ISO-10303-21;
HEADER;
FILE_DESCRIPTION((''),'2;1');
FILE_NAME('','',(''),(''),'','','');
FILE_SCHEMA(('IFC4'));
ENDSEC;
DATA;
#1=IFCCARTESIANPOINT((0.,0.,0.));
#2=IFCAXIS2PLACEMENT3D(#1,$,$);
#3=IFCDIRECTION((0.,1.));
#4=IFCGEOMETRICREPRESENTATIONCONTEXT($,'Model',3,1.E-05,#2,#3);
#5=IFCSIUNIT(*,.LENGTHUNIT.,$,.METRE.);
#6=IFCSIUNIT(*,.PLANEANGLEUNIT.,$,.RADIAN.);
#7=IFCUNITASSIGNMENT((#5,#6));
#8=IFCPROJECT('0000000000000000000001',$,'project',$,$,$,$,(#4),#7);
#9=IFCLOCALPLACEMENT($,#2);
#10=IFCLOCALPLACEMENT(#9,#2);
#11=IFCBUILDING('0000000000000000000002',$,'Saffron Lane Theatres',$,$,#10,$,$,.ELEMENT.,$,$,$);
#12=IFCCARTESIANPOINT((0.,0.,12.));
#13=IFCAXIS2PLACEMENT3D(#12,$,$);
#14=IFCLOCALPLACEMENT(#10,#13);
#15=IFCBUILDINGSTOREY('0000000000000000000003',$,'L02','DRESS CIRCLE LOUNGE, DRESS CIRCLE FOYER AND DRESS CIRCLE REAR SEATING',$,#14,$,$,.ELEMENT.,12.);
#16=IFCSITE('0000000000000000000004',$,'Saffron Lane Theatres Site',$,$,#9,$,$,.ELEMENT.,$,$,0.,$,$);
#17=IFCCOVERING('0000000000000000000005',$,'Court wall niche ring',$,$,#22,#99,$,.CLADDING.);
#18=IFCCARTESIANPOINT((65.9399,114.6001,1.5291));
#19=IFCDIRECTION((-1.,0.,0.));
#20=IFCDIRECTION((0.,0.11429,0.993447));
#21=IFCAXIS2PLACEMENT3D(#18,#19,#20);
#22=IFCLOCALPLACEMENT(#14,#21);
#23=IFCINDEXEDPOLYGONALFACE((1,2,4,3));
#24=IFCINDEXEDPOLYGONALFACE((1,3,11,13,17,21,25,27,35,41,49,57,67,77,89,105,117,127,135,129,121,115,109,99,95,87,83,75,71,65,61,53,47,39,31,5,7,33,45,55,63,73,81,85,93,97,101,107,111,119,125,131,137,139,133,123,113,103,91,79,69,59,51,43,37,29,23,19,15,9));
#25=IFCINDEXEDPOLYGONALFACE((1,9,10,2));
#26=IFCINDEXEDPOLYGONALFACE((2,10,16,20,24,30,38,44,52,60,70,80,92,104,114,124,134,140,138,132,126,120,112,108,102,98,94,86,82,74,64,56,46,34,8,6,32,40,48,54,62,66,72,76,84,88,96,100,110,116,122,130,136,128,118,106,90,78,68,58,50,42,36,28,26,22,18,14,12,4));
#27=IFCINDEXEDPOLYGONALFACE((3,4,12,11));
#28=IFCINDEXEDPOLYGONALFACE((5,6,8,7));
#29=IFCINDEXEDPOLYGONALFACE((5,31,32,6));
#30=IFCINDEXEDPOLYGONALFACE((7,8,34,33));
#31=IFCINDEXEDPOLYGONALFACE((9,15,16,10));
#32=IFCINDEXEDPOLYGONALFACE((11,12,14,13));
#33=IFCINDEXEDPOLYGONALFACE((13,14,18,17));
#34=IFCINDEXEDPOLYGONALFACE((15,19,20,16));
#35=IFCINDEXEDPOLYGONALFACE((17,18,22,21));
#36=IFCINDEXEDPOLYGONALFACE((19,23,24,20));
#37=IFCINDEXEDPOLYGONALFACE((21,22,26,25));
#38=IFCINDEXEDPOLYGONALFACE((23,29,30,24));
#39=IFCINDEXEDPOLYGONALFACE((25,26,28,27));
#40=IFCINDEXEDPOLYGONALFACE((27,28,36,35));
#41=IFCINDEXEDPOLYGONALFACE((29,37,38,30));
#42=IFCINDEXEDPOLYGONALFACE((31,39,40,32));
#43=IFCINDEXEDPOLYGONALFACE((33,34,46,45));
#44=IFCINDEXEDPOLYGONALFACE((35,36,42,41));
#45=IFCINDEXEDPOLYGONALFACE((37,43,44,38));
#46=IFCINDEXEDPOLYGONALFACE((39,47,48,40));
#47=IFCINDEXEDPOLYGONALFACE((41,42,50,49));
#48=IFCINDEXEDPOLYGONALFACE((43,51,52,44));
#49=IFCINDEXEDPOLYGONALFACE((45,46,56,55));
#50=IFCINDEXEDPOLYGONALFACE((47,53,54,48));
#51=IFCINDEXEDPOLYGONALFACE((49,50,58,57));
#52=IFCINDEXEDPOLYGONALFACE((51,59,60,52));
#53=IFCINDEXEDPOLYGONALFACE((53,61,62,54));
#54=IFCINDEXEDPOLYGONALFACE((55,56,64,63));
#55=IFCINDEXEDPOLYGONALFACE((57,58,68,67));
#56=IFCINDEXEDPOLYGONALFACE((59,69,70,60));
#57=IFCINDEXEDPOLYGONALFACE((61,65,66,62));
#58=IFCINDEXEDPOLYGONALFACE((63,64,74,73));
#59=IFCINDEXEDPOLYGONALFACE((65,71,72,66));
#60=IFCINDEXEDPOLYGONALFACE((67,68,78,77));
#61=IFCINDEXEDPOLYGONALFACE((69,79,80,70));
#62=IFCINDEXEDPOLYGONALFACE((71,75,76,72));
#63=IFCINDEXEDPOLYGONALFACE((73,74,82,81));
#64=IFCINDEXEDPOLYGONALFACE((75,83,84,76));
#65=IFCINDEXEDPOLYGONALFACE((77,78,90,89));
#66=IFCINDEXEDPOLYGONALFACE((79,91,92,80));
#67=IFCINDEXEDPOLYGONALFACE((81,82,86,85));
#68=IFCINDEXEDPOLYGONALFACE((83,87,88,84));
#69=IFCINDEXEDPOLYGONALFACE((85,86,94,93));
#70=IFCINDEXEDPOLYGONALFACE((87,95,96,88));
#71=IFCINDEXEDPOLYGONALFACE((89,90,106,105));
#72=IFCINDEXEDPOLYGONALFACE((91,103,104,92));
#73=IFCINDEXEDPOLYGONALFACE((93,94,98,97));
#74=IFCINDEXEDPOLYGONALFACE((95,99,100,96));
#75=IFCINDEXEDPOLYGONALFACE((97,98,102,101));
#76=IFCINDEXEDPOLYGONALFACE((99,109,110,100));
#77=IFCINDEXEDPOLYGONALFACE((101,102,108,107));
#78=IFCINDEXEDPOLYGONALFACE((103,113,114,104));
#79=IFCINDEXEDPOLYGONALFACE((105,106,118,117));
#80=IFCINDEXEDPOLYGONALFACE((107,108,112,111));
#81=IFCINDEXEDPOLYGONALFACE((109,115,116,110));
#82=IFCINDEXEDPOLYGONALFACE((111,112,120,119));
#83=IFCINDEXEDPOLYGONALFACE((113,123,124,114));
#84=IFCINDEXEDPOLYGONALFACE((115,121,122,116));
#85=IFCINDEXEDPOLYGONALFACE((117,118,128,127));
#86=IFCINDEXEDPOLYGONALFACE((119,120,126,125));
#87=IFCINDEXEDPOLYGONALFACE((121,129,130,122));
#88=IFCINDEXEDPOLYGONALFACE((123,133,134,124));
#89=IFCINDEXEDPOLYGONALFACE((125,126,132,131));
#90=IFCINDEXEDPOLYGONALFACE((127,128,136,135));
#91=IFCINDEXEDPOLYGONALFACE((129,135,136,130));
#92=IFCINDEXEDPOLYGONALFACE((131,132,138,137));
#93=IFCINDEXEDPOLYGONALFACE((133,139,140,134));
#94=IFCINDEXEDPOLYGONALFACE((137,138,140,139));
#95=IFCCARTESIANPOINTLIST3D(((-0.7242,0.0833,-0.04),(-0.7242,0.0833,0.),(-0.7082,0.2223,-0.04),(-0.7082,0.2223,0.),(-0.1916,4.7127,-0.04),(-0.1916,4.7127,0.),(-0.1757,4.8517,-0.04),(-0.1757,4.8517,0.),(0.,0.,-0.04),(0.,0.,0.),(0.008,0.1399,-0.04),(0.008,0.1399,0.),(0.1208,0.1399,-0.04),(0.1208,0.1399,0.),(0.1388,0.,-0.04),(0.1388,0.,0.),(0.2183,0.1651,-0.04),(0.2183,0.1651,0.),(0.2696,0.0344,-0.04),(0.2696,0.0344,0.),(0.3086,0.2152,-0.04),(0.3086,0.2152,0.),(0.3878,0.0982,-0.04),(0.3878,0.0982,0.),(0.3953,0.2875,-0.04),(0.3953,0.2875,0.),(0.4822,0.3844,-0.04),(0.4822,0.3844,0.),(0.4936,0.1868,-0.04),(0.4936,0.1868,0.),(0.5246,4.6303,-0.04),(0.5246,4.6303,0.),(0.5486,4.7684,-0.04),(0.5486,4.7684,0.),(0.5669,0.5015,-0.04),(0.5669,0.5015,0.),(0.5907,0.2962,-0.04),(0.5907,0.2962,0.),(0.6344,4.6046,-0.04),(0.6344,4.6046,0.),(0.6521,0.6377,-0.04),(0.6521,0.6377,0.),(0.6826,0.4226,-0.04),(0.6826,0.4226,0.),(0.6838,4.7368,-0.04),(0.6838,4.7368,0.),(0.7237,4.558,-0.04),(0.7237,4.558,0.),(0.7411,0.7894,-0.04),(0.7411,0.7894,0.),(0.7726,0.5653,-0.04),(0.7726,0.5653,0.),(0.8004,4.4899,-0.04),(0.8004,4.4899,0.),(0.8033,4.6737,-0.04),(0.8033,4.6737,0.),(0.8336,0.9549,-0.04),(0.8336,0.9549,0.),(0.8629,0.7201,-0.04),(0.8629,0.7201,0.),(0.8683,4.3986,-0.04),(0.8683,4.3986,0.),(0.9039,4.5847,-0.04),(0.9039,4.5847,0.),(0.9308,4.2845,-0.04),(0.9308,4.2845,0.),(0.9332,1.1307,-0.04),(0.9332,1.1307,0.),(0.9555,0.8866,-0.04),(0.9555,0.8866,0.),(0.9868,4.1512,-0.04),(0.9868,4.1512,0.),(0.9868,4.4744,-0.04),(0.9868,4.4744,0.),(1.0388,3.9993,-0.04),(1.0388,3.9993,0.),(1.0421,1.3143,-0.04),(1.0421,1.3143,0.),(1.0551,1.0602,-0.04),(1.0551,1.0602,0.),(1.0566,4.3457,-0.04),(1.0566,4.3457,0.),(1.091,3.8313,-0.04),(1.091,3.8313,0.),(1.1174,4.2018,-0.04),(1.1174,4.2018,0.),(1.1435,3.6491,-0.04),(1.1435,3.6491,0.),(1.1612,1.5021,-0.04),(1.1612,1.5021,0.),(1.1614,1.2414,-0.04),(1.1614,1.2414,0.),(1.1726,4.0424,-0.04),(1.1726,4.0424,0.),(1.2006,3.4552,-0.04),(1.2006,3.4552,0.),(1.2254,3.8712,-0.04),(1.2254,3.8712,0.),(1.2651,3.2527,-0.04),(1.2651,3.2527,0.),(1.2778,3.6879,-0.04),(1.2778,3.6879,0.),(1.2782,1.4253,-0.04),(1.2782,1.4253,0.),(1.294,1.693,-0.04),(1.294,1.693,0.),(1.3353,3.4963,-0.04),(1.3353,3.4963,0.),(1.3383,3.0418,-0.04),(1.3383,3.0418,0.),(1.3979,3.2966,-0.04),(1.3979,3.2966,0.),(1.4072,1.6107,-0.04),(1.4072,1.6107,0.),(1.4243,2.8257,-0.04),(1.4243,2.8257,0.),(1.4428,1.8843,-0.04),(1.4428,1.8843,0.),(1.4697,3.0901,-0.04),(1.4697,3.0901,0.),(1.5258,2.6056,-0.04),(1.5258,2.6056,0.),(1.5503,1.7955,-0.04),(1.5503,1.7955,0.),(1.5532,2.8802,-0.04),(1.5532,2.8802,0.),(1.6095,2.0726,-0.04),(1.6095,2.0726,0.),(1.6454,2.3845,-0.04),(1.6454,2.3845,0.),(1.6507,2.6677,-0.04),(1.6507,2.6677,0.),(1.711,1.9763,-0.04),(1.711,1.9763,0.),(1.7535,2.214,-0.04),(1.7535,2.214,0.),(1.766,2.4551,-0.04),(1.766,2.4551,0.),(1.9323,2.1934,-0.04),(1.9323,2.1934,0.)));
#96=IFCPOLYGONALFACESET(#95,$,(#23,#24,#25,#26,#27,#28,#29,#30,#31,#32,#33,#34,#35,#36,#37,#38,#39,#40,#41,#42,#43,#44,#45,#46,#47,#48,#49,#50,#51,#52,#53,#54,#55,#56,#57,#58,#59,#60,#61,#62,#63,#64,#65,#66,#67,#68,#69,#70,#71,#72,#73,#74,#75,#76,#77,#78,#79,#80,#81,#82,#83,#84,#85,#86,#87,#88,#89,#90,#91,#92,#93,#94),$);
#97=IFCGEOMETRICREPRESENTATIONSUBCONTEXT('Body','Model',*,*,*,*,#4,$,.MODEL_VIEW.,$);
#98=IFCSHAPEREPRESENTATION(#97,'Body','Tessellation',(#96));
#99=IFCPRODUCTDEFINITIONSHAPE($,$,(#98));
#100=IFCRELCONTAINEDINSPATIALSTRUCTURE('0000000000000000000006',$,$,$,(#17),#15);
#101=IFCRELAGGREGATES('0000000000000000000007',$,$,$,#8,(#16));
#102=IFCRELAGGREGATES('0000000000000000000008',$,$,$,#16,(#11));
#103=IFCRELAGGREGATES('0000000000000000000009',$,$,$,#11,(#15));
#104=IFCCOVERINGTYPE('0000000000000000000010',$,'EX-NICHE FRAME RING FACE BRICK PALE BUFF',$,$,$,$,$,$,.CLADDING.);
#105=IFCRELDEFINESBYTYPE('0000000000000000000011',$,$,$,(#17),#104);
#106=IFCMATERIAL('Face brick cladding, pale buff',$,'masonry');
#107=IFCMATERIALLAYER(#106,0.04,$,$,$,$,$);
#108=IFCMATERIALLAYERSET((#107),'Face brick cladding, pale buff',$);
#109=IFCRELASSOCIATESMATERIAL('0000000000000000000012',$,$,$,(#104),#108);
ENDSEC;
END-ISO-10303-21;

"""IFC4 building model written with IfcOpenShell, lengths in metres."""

from ifc_helpers import new_model, si_unit, direction, frame, origin, place, context, subcontext, project, spatial, polyline, outline, extrude, material, layer, layer_set, type_object, element, save


model = new_model("IFC4")

# Units and contexts
model_context = context("Model", 3, precision=1e-05, world=origin(), true_north=direction((0.0, 1.0)))
body_context = subcontext(model_context, "Body", "Model", "MODEL_VIEW")
ifc_project = project(units=[si_unit("LENGTHUNIT", "METRE"), si_unit("PLANEANGLEUNIT", "RADIAN")], contexts=[model_context])

# Site, building, storey
site_placement = place(None, origin())
site = spatial("IfcSite", under=ifc_project, at=site_placement, Name="Saffron Lane Theatres Site", CompositionType="ELEMENT", RefElevation=0.0)
building_placement = place(site_placement, origin())
building = spatial("IfcBuilding", under=site, at=building_placement, Name="Saffron Lane Theatres", CompositionType="ELEMENT")
storey_placement = place(building_placement, frame((0.0, 0.0, 12.0)))
storey = spatial("IfcBuildingStorey", under=building, at=storey_placement, Name="L02", Description="DRESS CIRCLE LOUNGE, DRESS CIRCLE FOYER AND DRESS CIRCLE REAR SEATING", CompositionType="ELEMENT", Elevation=12.0)

# Covering
ifc_material_1 = material(Name="Face brick cladding, pale buff", Category="masonry")
ifc_layer_1 = layer(ifc_material_1, 0.04)
ifc_layer_set_1 = layer_set([ifc_layer_1], Name="Face brick cladding, pale buff")
covering_type_1 = type_object("IfcCoveringType", Name="EX-NICHE FRAME RING FACE BRICK PALE BUFF", PredefinedType="CLADDING", material=ifc_layer_set_1)
covering_1_placement = place(storey_placement, frame((65.9399, 114.6001, 1.5291), z_axis=(-1.0, 0.0, 0.0), x_axis=(0.0, 0.11429, 0.993447)))
element("IfcCovering", 1, at=covering_1_placement, inside=storey, type_object=covering_type_1, Name="Court wall niche ring", PredefinedType="CLADDING", context=body_context, shape_type="SweptSolid", body=[
    extrude(outline(polyline([(0.0, 0.0), (0.1388, 0.0), (0.2696, 0.0344), (0.3878, 0.0982), (0.4936, 0.1868), (0.5907, 0.2962), (0.6826, 0.4226), (0.7726, 0.5653), (0.8629, 0.7201), (0.9555, 0.8866), (1.0551, 1.0602), (1.1614, 1.2414), (1.2782, 1.4253), (1.4072, 1.6107), (1.5503, 1.7955), (1.711, 1.9763), (1.9323, 2.1934), (1.766, 2.4551), (1.6507, 2.6677), (1.5532, 2.8802), (1.4697, 3.0901), (1.3979, 3.2966), (1.3353, 3.4963), (1.2778, 3.6879), (1.2254, 3.8712), (1.1726, 4.0424), (1.1174, 4.2018), (1.0566, 4.3457), (0.9868, 4.4744), (0.9039, 4.5847), (0.8033, 4.6737), (0.6838, 4.7368), (0.5486, 4.7684), (-0.1757, 4.8517), (-0.1916, 4.7127), (0.5246, 4.6303), (0.6344, 4.6046), (0.7237, 4.558), (0.8004, 4.4899), (0.8683, 4.3986), (0.9308, 4.2845), (0.9868, 4.1512), (1.0388, 3.9993), (1.091, 3.8313), (1.1435, 3.6491), (1.2006, 3.4552), (1.2651, 3.2527), (1.3383, 3.0418), (1.4243, 2.8257), (1.5258, 2.6056), (1.6454, 2.3845), (1.7535, 2.214), (1.6095, 2.0726), (1.4428, 1.8843), (1.294, 1.693), (1.1612, 1.5021), (1.0421, 1.3143), (0.9332, 1.1307), (0.8336, 0.9549), (0.7411, 0.7894), (0.6521, 0.6377), (0.5669, 0.5015), (0.4822, 0.3844), (0.3953, 0.2875), (0.3086, 0.2152), (0.2183, 0.1651), (0.1208, 0.1399), (0.008, 0.1399), (-0.7082, 0.2223), (-0.7242, 0.0833), (0.0, 0.0)])), origin(), (0.0, 0.0, -1.0), 0.04),
])

save(model, "model.ifc")
